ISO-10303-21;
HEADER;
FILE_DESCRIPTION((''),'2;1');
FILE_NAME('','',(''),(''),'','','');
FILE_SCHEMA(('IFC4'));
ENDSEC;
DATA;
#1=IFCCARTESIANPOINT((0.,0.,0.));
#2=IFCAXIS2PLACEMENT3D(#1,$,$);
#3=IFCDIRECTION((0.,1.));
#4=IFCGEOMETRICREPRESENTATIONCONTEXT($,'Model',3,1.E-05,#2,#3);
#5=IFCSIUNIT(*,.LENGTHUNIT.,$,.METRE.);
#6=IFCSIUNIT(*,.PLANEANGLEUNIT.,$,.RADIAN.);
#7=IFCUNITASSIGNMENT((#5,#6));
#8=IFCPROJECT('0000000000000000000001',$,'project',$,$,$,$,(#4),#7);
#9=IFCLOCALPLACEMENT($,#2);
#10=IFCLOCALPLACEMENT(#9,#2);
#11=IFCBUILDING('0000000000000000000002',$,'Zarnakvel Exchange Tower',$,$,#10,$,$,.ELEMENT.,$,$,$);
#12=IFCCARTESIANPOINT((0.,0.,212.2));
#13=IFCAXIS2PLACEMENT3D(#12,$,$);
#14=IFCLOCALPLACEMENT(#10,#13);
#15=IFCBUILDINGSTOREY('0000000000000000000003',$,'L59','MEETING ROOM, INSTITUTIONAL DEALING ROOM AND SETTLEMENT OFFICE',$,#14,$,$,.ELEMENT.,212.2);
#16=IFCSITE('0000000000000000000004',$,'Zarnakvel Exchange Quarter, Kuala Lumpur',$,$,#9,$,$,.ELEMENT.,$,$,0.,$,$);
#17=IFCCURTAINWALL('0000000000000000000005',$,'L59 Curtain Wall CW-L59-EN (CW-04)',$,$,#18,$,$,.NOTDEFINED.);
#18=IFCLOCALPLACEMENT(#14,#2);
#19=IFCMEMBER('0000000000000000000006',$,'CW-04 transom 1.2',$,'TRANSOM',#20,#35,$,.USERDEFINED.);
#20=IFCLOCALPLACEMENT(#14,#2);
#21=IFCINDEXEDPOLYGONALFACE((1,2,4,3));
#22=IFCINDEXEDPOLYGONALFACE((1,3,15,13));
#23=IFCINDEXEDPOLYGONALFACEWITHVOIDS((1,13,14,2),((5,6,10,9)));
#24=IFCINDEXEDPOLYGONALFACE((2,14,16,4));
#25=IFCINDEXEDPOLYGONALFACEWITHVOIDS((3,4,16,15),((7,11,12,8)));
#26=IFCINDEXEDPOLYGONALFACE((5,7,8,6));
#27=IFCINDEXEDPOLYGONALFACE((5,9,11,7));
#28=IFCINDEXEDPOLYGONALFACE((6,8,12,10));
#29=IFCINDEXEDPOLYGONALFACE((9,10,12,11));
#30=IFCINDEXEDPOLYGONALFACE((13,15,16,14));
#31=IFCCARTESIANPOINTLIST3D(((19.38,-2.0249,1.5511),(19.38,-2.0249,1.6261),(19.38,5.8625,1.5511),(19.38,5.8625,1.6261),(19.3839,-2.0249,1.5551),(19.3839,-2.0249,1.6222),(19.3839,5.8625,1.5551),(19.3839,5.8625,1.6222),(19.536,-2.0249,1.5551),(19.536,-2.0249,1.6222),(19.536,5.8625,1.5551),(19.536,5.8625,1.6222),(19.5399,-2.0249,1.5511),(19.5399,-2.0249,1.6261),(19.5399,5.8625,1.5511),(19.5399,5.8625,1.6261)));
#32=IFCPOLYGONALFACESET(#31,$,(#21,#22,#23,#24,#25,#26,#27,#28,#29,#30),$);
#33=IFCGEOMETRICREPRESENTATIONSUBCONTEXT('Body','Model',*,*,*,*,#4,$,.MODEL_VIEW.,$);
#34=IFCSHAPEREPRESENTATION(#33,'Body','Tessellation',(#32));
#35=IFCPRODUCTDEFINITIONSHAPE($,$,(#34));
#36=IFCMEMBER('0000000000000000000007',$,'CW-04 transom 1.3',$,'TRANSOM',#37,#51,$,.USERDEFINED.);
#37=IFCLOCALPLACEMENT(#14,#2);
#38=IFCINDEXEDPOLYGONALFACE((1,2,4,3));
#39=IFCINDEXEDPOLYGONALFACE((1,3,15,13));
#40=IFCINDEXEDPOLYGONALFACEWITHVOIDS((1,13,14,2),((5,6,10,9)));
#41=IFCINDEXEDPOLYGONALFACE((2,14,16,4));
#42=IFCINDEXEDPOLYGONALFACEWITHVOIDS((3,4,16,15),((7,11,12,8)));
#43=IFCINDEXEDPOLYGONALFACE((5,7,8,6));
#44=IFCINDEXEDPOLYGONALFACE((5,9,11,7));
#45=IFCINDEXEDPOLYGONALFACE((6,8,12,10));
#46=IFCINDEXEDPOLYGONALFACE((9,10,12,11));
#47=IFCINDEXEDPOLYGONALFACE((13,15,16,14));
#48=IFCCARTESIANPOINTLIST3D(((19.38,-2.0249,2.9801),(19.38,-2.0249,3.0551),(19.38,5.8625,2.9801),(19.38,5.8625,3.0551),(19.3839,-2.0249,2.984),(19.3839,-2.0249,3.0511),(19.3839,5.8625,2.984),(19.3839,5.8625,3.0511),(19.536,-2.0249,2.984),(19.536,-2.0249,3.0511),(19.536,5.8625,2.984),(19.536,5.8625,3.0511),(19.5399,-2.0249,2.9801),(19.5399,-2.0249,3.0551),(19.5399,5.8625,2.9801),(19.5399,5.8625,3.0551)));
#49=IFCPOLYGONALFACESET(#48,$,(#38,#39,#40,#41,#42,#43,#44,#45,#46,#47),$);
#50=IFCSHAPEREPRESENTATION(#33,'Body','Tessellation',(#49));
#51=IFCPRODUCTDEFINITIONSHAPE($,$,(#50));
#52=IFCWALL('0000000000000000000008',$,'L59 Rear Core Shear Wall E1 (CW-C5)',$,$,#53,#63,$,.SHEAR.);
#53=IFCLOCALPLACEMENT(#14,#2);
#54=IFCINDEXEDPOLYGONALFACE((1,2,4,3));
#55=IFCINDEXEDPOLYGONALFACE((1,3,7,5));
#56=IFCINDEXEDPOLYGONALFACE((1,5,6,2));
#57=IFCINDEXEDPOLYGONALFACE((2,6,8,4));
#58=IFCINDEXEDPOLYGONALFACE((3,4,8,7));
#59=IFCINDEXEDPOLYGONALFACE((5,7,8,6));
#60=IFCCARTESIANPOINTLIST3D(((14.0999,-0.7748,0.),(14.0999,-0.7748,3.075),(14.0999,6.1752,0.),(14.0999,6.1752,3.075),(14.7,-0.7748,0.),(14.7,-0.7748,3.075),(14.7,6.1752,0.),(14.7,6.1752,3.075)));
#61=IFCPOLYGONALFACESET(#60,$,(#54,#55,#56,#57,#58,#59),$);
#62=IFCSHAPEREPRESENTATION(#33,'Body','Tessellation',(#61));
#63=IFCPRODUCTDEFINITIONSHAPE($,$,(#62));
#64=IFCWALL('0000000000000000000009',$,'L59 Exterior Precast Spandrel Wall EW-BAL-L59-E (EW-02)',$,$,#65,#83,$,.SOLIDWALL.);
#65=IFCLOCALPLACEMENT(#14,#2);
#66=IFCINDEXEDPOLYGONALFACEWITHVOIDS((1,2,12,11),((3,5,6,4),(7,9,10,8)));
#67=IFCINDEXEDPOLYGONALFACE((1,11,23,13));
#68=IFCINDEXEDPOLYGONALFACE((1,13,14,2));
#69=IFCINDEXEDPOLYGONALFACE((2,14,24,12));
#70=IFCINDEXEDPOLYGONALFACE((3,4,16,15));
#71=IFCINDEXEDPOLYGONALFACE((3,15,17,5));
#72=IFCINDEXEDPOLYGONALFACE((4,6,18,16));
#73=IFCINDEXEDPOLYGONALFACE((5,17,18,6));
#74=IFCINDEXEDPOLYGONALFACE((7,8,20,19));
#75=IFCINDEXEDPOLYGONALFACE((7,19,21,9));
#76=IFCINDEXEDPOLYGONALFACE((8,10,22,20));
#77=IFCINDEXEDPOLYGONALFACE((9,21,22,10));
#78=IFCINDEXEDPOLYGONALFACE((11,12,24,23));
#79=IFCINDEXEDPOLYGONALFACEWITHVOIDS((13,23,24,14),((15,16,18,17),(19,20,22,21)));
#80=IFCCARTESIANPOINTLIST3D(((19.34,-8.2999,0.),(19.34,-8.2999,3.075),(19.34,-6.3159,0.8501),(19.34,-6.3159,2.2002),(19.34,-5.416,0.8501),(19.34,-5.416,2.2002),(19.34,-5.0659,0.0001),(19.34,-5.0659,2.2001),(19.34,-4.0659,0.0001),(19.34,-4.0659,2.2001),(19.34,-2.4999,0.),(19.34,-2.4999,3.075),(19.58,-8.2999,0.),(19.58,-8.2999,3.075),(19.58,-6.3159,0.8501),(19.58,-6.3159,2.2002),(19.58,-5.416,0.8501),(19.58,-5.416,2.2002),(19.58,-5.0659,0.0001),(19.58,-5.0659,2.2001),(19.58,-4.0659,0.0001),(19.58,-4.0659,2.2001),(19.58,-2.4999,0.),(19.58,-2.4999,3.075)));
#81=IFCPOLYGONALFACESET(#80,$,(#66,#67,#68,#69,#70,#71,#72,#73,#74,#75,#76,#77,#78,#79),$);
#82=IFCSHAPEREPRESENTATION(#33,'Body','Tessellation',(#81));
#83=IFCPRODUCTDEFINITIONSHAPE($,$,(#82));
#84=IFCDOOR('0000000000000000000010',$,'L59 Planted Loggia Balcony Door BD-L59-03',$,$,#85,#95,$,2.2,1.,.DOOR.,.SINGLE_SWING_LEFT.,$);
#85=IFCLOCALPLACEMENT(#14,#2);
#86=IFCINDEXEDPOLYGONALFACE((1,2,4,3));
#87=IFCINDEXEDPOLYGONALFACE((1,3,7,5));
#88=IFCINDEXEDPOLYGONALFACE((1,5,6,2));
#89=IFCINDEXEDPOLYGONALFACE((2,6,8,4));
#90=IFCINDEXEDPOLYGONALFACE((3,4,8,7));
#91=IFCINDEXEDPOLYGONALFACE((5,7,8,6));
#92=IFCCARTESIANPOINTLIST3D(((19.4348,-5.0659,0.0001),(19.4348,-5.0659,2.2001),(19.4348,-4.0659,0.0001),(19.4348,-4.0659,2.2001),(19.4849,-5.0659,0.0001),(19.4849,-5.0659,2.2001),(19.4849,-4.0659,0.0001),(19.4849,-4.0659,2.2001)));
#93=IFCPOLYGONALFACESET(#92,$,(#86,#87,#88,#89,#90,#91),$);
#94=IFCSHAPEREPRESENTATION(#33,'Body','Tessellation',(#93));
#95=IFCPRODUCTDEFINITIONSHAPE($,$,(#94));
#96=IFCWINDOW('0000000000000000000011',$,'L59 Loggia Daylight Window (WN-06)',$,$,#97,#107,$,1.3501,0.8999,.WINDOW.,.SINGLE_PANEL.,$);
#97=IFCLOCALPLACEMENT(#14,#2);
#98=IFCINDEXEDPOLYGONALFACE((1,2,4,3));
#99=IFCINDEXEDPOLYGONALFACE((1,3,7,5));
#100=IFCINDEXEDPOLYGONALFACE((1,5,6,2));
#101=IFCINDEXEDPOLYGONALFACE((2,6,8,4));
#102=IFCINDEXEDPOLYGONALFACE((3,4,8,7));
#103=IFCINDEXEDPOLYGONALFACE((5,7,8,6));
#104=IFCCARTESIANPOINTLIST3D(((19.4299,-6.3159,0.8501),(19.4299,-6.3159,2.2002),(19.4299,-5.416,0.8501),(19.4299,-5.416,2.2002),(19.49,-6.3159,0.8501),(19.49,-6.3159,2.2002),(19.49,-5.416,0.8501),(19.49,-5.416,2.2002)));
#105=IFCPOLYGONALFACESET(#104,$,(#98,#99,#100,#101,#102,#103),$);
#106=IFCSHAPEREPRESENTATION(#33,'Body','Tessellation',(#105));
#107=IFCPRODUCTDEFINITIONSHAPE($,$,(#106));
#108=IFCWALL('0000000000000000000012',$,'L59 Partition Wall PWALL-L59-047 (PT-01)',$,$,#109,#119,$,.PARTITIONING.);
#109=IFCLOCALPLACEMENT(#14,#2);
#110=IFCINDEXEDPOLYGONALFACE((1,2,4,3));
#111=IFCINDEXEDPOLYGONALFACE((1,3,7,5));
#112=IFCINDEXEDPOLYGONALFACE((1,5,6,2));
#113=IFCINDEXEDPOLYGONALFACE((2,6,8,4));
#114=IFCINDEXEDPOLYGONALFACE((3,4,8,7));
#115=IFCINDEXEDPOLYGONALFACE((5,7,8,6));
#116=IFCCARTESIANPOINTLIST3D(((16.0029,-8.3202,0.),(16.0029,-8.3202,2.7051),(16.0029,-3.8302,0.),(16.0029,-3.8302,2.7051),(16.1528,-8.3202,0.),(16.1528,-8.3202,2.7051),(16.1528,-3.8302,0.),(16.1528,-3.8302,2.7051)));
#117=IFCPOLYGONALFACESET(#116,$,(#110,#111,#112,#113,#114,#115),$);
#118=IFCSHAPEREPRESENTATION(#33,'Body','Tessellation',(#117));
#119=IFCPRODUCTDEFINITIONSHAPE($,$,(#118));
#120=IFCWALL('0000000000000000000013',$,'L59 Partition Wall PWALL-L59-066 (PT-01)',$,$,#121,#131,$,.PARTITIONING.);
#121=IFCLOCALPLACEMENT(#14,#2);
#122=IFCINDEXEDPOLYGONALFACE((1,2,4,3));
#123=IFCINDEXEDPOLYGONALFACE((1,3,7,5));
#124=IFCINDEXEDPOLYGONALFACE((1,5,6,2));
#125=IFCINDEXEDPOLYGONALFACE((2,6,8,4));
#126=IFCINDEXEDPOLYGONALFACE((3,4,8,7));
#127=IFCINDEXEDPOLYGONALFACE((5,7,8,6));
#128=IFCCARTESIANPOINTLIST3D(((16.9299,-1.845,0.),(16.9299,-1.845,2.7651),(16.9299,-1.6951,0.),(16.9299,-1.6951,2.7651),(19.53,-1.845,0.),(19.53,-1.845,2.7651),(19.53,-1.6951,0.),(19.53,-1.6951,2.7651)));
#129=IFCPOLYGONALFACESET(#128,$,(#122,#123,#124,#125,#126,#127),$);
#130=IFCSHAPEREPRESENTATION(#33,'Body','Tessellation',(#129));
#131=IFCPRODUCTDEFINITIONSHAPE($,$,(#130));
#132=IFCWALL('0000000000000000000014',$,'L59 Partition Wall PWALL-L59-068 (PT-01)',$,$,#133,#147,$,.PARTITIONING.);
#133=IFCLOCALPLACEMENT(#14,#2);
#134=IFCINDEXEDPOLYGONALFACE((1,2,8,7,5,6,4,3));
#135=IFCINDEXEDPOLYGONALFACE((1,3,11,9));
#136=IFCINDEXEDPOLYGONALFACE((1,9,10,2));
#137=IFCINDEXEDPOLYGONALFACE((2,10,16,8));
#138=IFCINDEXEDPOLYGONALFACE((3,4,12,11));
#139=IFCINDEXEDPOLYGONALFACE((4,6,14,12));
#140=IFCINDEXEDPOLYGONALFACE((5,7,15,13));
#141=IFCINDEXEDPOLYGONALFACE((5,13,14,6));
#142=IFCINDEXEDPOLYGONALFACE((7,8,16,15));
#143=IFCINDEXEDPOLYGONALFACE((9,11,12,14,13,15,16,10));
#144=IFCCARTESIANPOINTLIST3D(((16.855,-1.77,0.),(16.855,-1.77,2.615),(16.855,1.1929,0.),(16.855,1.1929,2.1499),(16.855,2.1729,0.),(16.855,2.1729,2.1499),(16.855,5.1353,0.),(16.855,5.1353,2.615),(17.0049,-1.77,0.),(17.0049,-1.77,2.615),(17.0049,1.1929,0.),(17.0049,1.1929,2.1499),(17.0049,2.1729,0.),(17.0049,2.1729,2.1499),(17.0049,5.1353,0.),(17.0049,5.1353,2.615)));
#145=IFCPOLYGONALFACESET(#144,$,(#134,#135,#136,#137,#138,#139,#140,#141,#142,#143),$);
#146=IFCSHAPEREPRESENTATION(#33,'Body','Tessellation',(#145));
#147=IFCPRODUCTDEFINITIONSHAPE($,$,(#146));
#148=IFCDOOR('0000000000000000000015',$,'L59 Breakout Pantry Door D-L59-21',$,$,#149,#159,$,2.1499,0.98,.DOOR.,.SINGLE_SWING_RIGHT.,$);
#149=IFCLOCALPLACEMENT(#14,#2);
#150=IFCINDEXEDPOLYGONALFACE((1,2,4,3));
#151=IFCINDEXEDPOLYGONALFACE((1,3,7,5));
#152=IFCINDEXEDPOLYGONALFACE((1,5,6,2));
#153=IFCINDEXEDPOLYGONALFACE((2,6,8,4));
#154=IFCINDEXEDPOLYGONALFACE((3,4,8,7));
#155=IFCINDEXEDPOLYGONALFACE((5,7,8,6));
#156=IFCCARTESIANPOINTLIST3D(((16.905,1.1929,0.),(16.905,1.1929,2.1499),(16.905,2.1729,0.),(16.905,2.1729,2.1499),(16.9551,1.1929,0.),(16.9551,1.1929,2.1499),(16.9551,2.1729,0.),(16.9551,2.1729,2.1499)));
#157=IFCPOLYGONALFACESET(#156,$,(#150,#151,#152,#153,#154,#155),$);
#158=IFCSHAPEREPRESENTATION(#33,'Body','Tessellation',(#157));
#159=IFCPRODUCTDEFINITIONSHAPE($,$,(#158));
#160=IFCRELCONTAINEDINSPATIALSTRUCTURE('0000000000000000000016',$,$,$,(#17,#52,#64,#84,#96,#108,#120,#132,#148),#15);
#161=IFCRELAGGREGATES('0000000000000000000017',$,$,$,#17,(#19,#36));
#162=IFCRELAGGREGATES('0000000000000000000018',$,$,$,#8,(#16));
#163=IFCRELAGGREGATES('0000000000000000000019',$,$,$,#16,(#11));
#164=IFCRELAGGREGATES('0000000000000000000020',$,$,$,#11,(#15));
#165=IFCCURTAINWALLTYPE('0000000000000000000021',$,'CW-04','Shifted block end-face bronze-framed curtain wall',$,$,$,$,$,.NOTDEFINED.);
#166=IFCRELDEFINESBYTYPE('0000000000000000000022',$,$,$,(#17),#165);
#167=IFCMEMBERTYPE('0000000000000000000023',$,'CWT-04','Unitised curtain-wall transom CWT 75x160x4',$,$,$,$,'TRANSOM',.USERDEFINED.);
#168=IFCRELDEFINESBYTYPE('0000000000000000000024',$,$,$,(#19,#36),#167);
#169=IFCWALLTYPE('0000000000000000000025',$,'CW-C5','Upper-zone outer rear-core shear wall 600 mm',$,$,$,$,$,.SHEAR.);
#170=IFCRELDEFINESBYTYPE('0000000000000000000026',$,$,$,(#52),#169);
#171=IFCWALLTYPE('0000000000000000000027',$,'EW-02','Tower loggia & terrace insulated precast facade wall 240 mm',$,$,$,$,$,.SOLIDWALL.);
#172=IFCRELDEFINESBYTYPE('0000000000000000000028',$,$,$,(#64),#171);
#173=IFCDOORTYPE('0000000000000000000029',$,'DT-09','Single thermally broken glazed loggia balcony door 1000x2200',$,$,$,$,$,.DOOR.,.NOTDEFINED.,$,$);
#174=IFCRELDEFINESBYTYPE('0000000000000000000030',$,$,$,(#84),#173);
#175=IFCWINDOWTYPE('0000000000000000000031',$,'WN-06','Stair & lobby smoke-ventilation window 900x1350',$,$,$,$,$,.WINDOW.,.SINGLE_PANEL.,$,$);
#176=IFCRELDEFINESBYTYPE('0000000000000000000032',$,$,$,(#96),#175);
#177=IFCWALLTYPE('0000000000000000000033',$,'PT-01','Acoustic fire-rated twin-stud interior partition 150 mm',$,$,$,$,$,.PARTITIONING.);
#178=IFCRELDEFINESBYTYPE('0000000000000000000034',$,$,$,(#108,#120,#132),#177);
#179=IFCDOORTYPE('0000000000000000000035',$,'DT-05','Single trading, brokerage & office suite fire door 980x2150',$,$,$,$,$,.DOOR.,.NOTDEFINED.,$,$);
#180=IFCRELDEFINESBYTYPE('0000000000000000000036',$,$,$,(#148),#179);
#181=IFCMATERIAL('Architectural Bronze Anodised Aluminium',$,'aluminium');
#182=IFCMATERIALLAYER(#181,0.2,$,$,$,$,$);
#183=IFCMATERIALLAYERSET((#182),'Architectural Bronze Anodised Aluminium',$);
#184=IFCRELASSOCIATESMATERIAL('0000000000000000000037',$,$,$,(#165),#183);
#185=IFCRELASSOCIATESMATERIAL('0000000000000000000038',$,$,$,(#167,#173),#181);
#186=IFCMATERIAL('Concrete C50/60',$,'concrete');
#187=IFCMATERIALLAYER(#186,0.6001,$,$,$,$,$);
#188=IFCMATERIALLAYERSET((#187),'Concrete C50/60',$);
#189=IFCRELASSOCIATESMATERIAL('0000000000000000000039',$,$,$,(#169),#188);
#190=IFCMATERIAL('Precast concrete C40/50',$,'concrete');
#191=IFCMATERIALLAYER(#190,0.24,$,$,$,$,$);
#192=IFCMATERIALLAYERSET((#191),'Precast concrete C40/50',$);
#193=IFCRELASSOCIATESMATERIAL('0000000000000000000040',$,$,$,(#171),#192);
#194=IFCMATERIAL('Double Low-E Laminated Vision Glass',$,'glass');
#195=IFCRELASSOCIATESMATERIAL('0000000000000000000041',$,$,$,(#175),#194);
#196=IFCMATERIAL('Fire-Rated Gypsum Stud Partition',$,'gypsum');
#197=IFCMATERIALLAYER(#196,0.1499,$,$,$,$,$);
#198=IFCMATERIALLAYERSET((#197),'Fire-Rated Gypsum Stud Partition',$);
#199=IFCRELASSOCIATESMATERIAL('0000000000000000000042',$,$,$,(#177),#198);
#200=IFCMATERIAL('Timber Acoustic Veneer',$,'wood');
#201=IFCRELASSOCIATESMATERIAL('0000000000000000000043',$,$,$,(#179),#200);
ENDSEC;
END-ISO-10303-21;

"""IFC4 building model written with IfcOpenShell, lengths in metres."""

from ifc_helpers import new_model, si_unit, direction, frame, frame_2d, origin, origin_2d, place, context, subcontext, project, spatial, rectangle, hollow_rectangle, extrude, source, transform, mapped, material, layer, layer_set, material_profile, profile_set, type_object, element, fill, aggregate, save


model = new_model("IFC4")

# Units and contexts
model_context = context("Model", 3, precision=1e-05, world=origin(), true_north=direction((0.0, 1.0)))
body_context = subcontext(model_context, "Body", "Model", "MODEL_VIEW")
ifc_project = project(units=[si_unit("LENGTHUNIT", "METRE"), si_unit("PLANEANGLEUNIT", "RADIAN")], contexts=[model_context])

# Site, building, storey
site_placement = place(None, origin())
site = spatial("IfcSite", under=ifc_project, at=site_placement, Name="Zarnakvel Exchange Quarter, Kuala Lumpur", CompositionType="ELEMENT", RefElevation=0.0)
building_placement = place(site_placement, origin())
building = spatial("IfcBuilding", under=site, at=building_placement, Name="Zarnakvel Exchange Tower", CompositionType="ELEMENT")
storey_placement = place(building_placement, frame((0.0, 0.0, 212.2)))
storey = spatial("IfcBuildingStorey", under=building, at=storey_placement, Name="L59", Description="MEETING ROOM, INSTITUTIONAL DEALING ROOM AND SETTLEMENT OFFICE", CompositionType="ELEMENT", Elevation=212.2)

# Shared definitions
ifc_material_1 = material(Name="Concrete C50/60", Category="concrete")

# Curtain wall, members
ifc_material_2 = material(Name="Architectural Bronze Anodised Aluminium", Category="aluminium")
ifc_layer_1 = layer(ifc_material_2, 0.2)
ifc_layer_set_1 = layer_set([ifc_layer_1], Name="Architectural Bronze Anodised Aluminium")
curtain_wall_type = type_object("IfcCurtainWallType", Name="CW-04", Description="Shifted block end-face bronze-framed curtain wall", PredefinedType="NOTDEFINED", material=ifc_layer_set_1)
curtain_wall_placement = place(storey_placement, origin())
curtain_wall = element("IfcCurtainWall", 1, at=curtain_wall_placement, inside=storey, type_object=curtain_wall_type, Name="L59 Curtain Wall CW-L59-EN (CW-04)", PredefinedType="NOTDEFINED")
ifc_material_profile_1 = material_profile(ifc_material_2, hollow_rectangle(XDim=0.1599, YDim=0.075, WallThickness=0.0039, at=origin_2d()))
ifc_profile_set_1 = profile_set([ifc_material_profile_1], Name="Architectural Bronze Anodised Aluminium")
member_type_1 = type_object("IfcMemberType", Name="CWT-04", Description="Unitised curtain-wall transom CWT 75x160x4", ElementType="TRANSOM", PredefinedType="USERDEFINED", material=ifc_profile_set_1)
shared_shape_1 = source(origin(), body_context, "Body", "SweptSolid", [
    extrude(hollow_rectangle(XDim=0.1599, YDim=0.075, WallThickness=0.0039, at=origin_2d()), origin(), (0.0, 0.0, 1.0), 7.8875),
])
member_1_placement = place(storey_placement, frame((19.46, -2.0249, 1.5886), z_axis=(0.0, 1.0, 0.0), x_axis=(-1.0, 0.0, 0.0)))
member_1 = element("IfcMember", 2, at=member_1_placement, type_object=member_type_1, Name="CW-04 transom 1.2", ObjectType="TRANSOM", PredefinedType="USERDEFINED", context=body_context, shape_type="MappedRepresentation", body=[
    mapped(shared_shape_1, transform((0.0, 0.0, 0.0), x_axis=(1.0, 0.0, 0.0), y_axis=(0.0, 1.0, 0.0), z_axis=(0.0, 0.0, 1.0), scale=1.0)),
])
member_2_placement = place(storey_placement, frame((19.46, -2.0249, 3.0176), z_axis=(0.0, 1.0, 0.0), x_axis=(-1.0, 0.0, 0.0)))
member_2 = element("IfcMember", 3, at=member_2_placement, type_object=member_type_1, Name="CW-04 transom 1.3", ObjectType="TRANSOM", PredefinedType="USERDEFINED", context=body_context, shape_type="MappedRepresentation", body=[
    mapped(shared_shape_1, transform((0.0, 0.0, 0.0), x_axis=(1.0, 0.0, 0.0), y_axis=(0.0, 1.0, 0.0), z_axis=(0.0, 0.0, 1.0), scale=1.0)),
])
aggregate(curtain_wall, [member_1, member_2])

# Wall
ifc_layer_2 = layer(ifc_material_1, 0.6001)
ifc_layer_set_2 = layer_set([ifc_layer_2], Name="Concrete C50/60")
wall_type_1 = type_object("IfcWallType", Name="CW-C5", Description="Upper-zone outer rear-core shear wall 600 mm", PredefinedType="SHEAR", material=ifc_layer_set_2)
wall_1_placement = place(storey_placement, frame((14.3999, -0.7749, 0.0), z_axis=(0.0, 0.0, 1.0), x_axis=(0.0, 1.0, 0.0)))
element("IfcWall", 4, at=wall_1_placement, inside=storey, type_object=wall_type_1, Name="L59 Rear Core Shear Wall E1 (CW-C5)", PredefinedType="SHEAR", context=body_context, shape_type="SweptSolid", body=[
    extrude(rectangle(XDim=6.95, YDim=0.6001, at=frame_2d((3.4751, 0.0))), origin(), (0.0, 0.0, 1.0), 3.075),
])

# Wall, openings, door, window
ifc_material_3 = material(Name="Precast concrete C40/50", Category="concrete")
ifc_layer_3 = layer(ifc_material_3, 0.24)
ifc_layer_set_3 = layer_set([ifc_layer_3], Name="Precast concrete C40/50")
wall_type_2 = type_object("IfcWallType", Name="EW-02", Description="Tower loggia & terrace insulated precast facade wall 240 mm", PredefinedType="SOLIDWALL", material=ifc_layer_set_3)
wall_2_placement = place(storey_placement, frame((19.46, -2.5, 0.0), z_axis=(0.0, 0.0, 1.0), x_axis=(0.0, -1.0, 0.0)))
wall_2 = element("IfcWall", 5, at=wall_2_placement, inside=storey, type_object=wall_type_2, Name="L59 Exterior Precast Spandrel Wall EW-BAL-L59-E (EW-02)", PredefinedType="SOLIDWALL", context=body_context, shape_type="SweptSolid", body=[
    extrude(rectangle(XDim=5.8, YDim=0.24, at=frame_2d((2.8999, 0.0))), origin(), (0.0, 0.0, 1.0), 3.075),
])
opening_1_placement = place(wall_2_placement, frame((1.5659, 0.0, 0.0)))
opening_1 = element("IfcOpeningElement", 6, at=opening_1_placement, cuts=wall_2, PredefinedType="OPENING", context=body_context, shape_type="SweptSolid", body=[
    extrude(rectangle(XDim=1.0, YDim=2.2, at=frame_2d((0.5, 1.1001))), frame((0.0, 0.1299, 0.0), z_axis=(0.0, -1.0, 0.0), x_axis=(1.0, 0.0, 0.0)), (0.0, 0.0, 1.0), 0.26),
])
opening_2_placement = place(wall_2_placement, frame((2.916, 0.0, 0.8501)))
opening_2 = element("IfcOpeningElement", 7, at=opening_2_placement, cuts=wall_2, PredefinedType="OPENING", context=body_context, shape_type="SweptSolid", body=[
    extrude(rectangle(XDim=0.8999, YDim=1.3501, at=frame_2d((0.45, 0.675))), frame((0.0, 0.1299, 0.0), z_axis=(0.0, -1.0, 0.0), x_axis=(1.0, 0.0, 0.0)), (0.0, 0.0, 1.0), 0.26),
])
door_type_1 = type_object("IfcDoorType", Name="DT-09", Description="Single thermally broken glazed loggia balcony door 1000x2200", OperationType="NOTDEFINED", PredefinedType="DOOR", material=ifc_material_2)
shared_shape_2 = source(origin(), body_context, "Body", "SweptSolid", [
    extrude(rectangle(XDim=1.0, YDim=2.2, at=frame_2d((0.5, 1.1001))), frame((0.0, 0.0249, 0.0), z_axis=(0.0, -1.0, 0.0), x_axis=(1.0, 0.0, 0.0)), (0.0, 0.0, 1.0), 0.05),
])
door_1_placement = place(opening_1_placement, origin())
door_1 = element("IfcDoor", 8, at=door_1_placement, inside=storey, type_object=door_type_1, Name="L59 Planted Loggia Balcony Door BD-L59-03", OperationType="SINGLE_SWING_LEFT", OverallHeight=2.2, OverallWidth=1.0, PredefinedType="DOOR", context=body_context, shape_type="MappedRepresentation", body=[
    mapped(shared_shape_2, transform((0.0, 0.0, 0.0), x_axis=(1.0, 0.0, 0.0), y_axis=(0.0, 1.0, 0.0), z_axis=(0.0, 0.0, 1.0), scale=1.0)),
])
fill(opening_1, door_1)
ifc_material_4 = material(Name="Double Low-E Laminated Vision Glass", Category="glass")
window_type = type_object("IfcWindowType", Name="WN-06", Description="Stair & lobby smoke-ventilation window 900x1350", PartitioningType="SINGLE_PANEL", PredefinedType="WINDOW", material=ifc_material_4)
shared_shape_3 = source(origin(), body_context, "Body", "SweptSolid", [
    extrude(rectangle(XDim=0.8999, YDim=1.3501, at=frame_2d((0.45, 0.675))), frame((0.0, 0.03, 0.0), z_axis=(0.0, -1.0, 0.0), x_axis=(1.0, 0.0, 0.0)), (0.0, 0.0, 1.0), 0.0601),
])
window_placement = place(opening_2_placement, origin())
window = element("IfcWindow", 9, at=window_placement, inside=storey, type_object=window_type, Name="L59 Loggia Daylight Window (WN-06)", OverallHeight=1.3501, OverallWidth=0.8999, PartitioningType="SINGLE_PANEL", PredefinedType="WINDOW", context=body_context, shape_type="MappedRepresentation", body=[
    mapped(shared_shape_3, transform((0.0, 0.0, 0.0), x_axis=(1.0, 0.0, 0.0), y_axis=(0.0, 1.0, 0.0), z_axis=(0.0, 0.0, 1.0), scale=1.0)),
])
fill(opening_2, window)

# Shared definitions
ifc_material_5 = material(Name="Fire-Rated Gypsum Stud Partition", Category="gypsum")
ifc_layer_4 = layer(ifc_material_5, 0.1499)
ifc_layer_set_4 = layer_set([ifc_layer_4], Name="Fire-Rated Gypsum Stud Partition")
wall_type_3 = type_object("IfcWallType", Name="PT-01", Description="Acoustic fire-rated twin-stud interior partition 150 mm", PredefinedType="PARTITIONING", material=ifc_layer_set_4)
ifc_material_6 = material(Name="Timber Acoustic Veneer", Category="wood")
door_type_2 = type_object("IfcDoorType", Name="DT-05", Description="Single trading, brokerage & office suite fire door 980x2150", OperationType="NOTDEFINED", PredefinedType="DOOR", material=ifc_material_6)
shared_shape_4 = source(origin(), body_context, "Body", "SweptSolid", [
    extrude(rectangle(XDim=0.98, YDim=2.1499, at=frame_2d((0.49, 1.075))), frame((0.0, 0.0249, 0.0), z_axis=(0.0, -1.0, 0.0), x_axis=(1.0, 0.0, 0.0)), (0.0, 0.0, 1.0), 0.05),
])

# Wall
wall_3_placement = place(storey_placement, frame((16.0779, -3.8301, 0.0), z_axis=(0.0, 0.0, 1.0), x_axis=(0.0, -1.0, 0.0)))
element("IfcWall", 10, at=wall_3_placement, inside=storey, type_object=wall_type_3, Name="L59 Partition Wall PWALL-L59-047 (PT-01)", PredefinedType="PARTITIONING", context=body_context, shape_type="SweptSolid", body=[
    extrude(rectangle(XDim=4.49, YDim=0.1499, at=frame_2d((2.2451, 0.0))), origin(), (0.0, 0.0, 1.0), 2.7051),
])

# Wall
wall_4_placement = place(storey_placement, frame((19.53, -1.77, 0.0), z_axis=(0.0, 0.0, 1.0), x_axis=(-1.0, 0.0, 0.0)))
element("IfcWall", 11, at=wall_4_placement, inside=storey, type_object=wall_type_3, Name="L59 Partition Wall PWALL-L59-066 (PT-01)", PredefinedType="PARTITIONING", context=body_context, shape_type="SweptSolid", body=[
    extrude(rectangle(XDim=2.6001, YDim=0.1499, at=frame_2d((1.3, 0.0))), origin(), (0.0, 0.0, 1.0), 2.7651),
])

# Wall, opening, door
wall_5_placement = place(storey_placement, frame((16.9299, -1.77, 0.0), z_axis=(0.0, 0.0, 1.0), x_axis=(0.0, 1.0, 0.0)))
wall_5 = element("IfcWall", 12, at=wall_5_placement, inside=storey, type_object=wall_type_3, Name="L59 Partition Wall PWALL-L59-068 (PT-01)", PredefinedType="PARTITIONING", context=body_context, shape_type="SweptSolid", body=[
    extrude(rectangle(XDim=6.9053, YDim=0.1499, at=frame_2d((3.4526, 0.0))), origin(), (0.0, 0.0, 1.0), 2.615),
])
opening_3_placement = place(wall_5_placement, frame((2.9629, 0.0, 0.0)))
opening_3 = element("IfcOpeningElement", 13, at=opening_3_placement, cuts=wall_5, PredefinedType="OPENING", context=body_context, shape_type="SweptSolid", body=[
    extrude(rectangle(XDim=0.98, YDim=2.1499, at=frame_2d((0.49, 1.075))), frame((0.0, 0.085, 0.0), z_axis=(0.0, -1.0, 0.0), x_axis=(1.0, 0.0, 0.0)), (0.0, 0.0, 1.0), 0.1699),
])
door_2_placement = place(opening_3_placement, origin())
door_2 = element("IfcDoor", 14, at=door_2_placement, inside=storey, type_object=door_type_2, Name="L59 Breakout Pantry Door D-L59-21", OperationType="SINGLE_SWING_RIGHT", OverallHeight=2.1499, OverallWidth=0.98, PredefinedType="DOOR", context=body_context, shape_type="MappedRepresentation", body=[
    mapped(shared_shape_4, transform((0.0, 0.0, 0.0), x_axis=(1.0, 0.0, 0.0), y_axis=(0.0, 1.0, 0.0), z_axis=(0.0, 0.0, 1.0), scale=1.0)),
])
fill(opening_3, door_2)

save(model, "model.ifc")
